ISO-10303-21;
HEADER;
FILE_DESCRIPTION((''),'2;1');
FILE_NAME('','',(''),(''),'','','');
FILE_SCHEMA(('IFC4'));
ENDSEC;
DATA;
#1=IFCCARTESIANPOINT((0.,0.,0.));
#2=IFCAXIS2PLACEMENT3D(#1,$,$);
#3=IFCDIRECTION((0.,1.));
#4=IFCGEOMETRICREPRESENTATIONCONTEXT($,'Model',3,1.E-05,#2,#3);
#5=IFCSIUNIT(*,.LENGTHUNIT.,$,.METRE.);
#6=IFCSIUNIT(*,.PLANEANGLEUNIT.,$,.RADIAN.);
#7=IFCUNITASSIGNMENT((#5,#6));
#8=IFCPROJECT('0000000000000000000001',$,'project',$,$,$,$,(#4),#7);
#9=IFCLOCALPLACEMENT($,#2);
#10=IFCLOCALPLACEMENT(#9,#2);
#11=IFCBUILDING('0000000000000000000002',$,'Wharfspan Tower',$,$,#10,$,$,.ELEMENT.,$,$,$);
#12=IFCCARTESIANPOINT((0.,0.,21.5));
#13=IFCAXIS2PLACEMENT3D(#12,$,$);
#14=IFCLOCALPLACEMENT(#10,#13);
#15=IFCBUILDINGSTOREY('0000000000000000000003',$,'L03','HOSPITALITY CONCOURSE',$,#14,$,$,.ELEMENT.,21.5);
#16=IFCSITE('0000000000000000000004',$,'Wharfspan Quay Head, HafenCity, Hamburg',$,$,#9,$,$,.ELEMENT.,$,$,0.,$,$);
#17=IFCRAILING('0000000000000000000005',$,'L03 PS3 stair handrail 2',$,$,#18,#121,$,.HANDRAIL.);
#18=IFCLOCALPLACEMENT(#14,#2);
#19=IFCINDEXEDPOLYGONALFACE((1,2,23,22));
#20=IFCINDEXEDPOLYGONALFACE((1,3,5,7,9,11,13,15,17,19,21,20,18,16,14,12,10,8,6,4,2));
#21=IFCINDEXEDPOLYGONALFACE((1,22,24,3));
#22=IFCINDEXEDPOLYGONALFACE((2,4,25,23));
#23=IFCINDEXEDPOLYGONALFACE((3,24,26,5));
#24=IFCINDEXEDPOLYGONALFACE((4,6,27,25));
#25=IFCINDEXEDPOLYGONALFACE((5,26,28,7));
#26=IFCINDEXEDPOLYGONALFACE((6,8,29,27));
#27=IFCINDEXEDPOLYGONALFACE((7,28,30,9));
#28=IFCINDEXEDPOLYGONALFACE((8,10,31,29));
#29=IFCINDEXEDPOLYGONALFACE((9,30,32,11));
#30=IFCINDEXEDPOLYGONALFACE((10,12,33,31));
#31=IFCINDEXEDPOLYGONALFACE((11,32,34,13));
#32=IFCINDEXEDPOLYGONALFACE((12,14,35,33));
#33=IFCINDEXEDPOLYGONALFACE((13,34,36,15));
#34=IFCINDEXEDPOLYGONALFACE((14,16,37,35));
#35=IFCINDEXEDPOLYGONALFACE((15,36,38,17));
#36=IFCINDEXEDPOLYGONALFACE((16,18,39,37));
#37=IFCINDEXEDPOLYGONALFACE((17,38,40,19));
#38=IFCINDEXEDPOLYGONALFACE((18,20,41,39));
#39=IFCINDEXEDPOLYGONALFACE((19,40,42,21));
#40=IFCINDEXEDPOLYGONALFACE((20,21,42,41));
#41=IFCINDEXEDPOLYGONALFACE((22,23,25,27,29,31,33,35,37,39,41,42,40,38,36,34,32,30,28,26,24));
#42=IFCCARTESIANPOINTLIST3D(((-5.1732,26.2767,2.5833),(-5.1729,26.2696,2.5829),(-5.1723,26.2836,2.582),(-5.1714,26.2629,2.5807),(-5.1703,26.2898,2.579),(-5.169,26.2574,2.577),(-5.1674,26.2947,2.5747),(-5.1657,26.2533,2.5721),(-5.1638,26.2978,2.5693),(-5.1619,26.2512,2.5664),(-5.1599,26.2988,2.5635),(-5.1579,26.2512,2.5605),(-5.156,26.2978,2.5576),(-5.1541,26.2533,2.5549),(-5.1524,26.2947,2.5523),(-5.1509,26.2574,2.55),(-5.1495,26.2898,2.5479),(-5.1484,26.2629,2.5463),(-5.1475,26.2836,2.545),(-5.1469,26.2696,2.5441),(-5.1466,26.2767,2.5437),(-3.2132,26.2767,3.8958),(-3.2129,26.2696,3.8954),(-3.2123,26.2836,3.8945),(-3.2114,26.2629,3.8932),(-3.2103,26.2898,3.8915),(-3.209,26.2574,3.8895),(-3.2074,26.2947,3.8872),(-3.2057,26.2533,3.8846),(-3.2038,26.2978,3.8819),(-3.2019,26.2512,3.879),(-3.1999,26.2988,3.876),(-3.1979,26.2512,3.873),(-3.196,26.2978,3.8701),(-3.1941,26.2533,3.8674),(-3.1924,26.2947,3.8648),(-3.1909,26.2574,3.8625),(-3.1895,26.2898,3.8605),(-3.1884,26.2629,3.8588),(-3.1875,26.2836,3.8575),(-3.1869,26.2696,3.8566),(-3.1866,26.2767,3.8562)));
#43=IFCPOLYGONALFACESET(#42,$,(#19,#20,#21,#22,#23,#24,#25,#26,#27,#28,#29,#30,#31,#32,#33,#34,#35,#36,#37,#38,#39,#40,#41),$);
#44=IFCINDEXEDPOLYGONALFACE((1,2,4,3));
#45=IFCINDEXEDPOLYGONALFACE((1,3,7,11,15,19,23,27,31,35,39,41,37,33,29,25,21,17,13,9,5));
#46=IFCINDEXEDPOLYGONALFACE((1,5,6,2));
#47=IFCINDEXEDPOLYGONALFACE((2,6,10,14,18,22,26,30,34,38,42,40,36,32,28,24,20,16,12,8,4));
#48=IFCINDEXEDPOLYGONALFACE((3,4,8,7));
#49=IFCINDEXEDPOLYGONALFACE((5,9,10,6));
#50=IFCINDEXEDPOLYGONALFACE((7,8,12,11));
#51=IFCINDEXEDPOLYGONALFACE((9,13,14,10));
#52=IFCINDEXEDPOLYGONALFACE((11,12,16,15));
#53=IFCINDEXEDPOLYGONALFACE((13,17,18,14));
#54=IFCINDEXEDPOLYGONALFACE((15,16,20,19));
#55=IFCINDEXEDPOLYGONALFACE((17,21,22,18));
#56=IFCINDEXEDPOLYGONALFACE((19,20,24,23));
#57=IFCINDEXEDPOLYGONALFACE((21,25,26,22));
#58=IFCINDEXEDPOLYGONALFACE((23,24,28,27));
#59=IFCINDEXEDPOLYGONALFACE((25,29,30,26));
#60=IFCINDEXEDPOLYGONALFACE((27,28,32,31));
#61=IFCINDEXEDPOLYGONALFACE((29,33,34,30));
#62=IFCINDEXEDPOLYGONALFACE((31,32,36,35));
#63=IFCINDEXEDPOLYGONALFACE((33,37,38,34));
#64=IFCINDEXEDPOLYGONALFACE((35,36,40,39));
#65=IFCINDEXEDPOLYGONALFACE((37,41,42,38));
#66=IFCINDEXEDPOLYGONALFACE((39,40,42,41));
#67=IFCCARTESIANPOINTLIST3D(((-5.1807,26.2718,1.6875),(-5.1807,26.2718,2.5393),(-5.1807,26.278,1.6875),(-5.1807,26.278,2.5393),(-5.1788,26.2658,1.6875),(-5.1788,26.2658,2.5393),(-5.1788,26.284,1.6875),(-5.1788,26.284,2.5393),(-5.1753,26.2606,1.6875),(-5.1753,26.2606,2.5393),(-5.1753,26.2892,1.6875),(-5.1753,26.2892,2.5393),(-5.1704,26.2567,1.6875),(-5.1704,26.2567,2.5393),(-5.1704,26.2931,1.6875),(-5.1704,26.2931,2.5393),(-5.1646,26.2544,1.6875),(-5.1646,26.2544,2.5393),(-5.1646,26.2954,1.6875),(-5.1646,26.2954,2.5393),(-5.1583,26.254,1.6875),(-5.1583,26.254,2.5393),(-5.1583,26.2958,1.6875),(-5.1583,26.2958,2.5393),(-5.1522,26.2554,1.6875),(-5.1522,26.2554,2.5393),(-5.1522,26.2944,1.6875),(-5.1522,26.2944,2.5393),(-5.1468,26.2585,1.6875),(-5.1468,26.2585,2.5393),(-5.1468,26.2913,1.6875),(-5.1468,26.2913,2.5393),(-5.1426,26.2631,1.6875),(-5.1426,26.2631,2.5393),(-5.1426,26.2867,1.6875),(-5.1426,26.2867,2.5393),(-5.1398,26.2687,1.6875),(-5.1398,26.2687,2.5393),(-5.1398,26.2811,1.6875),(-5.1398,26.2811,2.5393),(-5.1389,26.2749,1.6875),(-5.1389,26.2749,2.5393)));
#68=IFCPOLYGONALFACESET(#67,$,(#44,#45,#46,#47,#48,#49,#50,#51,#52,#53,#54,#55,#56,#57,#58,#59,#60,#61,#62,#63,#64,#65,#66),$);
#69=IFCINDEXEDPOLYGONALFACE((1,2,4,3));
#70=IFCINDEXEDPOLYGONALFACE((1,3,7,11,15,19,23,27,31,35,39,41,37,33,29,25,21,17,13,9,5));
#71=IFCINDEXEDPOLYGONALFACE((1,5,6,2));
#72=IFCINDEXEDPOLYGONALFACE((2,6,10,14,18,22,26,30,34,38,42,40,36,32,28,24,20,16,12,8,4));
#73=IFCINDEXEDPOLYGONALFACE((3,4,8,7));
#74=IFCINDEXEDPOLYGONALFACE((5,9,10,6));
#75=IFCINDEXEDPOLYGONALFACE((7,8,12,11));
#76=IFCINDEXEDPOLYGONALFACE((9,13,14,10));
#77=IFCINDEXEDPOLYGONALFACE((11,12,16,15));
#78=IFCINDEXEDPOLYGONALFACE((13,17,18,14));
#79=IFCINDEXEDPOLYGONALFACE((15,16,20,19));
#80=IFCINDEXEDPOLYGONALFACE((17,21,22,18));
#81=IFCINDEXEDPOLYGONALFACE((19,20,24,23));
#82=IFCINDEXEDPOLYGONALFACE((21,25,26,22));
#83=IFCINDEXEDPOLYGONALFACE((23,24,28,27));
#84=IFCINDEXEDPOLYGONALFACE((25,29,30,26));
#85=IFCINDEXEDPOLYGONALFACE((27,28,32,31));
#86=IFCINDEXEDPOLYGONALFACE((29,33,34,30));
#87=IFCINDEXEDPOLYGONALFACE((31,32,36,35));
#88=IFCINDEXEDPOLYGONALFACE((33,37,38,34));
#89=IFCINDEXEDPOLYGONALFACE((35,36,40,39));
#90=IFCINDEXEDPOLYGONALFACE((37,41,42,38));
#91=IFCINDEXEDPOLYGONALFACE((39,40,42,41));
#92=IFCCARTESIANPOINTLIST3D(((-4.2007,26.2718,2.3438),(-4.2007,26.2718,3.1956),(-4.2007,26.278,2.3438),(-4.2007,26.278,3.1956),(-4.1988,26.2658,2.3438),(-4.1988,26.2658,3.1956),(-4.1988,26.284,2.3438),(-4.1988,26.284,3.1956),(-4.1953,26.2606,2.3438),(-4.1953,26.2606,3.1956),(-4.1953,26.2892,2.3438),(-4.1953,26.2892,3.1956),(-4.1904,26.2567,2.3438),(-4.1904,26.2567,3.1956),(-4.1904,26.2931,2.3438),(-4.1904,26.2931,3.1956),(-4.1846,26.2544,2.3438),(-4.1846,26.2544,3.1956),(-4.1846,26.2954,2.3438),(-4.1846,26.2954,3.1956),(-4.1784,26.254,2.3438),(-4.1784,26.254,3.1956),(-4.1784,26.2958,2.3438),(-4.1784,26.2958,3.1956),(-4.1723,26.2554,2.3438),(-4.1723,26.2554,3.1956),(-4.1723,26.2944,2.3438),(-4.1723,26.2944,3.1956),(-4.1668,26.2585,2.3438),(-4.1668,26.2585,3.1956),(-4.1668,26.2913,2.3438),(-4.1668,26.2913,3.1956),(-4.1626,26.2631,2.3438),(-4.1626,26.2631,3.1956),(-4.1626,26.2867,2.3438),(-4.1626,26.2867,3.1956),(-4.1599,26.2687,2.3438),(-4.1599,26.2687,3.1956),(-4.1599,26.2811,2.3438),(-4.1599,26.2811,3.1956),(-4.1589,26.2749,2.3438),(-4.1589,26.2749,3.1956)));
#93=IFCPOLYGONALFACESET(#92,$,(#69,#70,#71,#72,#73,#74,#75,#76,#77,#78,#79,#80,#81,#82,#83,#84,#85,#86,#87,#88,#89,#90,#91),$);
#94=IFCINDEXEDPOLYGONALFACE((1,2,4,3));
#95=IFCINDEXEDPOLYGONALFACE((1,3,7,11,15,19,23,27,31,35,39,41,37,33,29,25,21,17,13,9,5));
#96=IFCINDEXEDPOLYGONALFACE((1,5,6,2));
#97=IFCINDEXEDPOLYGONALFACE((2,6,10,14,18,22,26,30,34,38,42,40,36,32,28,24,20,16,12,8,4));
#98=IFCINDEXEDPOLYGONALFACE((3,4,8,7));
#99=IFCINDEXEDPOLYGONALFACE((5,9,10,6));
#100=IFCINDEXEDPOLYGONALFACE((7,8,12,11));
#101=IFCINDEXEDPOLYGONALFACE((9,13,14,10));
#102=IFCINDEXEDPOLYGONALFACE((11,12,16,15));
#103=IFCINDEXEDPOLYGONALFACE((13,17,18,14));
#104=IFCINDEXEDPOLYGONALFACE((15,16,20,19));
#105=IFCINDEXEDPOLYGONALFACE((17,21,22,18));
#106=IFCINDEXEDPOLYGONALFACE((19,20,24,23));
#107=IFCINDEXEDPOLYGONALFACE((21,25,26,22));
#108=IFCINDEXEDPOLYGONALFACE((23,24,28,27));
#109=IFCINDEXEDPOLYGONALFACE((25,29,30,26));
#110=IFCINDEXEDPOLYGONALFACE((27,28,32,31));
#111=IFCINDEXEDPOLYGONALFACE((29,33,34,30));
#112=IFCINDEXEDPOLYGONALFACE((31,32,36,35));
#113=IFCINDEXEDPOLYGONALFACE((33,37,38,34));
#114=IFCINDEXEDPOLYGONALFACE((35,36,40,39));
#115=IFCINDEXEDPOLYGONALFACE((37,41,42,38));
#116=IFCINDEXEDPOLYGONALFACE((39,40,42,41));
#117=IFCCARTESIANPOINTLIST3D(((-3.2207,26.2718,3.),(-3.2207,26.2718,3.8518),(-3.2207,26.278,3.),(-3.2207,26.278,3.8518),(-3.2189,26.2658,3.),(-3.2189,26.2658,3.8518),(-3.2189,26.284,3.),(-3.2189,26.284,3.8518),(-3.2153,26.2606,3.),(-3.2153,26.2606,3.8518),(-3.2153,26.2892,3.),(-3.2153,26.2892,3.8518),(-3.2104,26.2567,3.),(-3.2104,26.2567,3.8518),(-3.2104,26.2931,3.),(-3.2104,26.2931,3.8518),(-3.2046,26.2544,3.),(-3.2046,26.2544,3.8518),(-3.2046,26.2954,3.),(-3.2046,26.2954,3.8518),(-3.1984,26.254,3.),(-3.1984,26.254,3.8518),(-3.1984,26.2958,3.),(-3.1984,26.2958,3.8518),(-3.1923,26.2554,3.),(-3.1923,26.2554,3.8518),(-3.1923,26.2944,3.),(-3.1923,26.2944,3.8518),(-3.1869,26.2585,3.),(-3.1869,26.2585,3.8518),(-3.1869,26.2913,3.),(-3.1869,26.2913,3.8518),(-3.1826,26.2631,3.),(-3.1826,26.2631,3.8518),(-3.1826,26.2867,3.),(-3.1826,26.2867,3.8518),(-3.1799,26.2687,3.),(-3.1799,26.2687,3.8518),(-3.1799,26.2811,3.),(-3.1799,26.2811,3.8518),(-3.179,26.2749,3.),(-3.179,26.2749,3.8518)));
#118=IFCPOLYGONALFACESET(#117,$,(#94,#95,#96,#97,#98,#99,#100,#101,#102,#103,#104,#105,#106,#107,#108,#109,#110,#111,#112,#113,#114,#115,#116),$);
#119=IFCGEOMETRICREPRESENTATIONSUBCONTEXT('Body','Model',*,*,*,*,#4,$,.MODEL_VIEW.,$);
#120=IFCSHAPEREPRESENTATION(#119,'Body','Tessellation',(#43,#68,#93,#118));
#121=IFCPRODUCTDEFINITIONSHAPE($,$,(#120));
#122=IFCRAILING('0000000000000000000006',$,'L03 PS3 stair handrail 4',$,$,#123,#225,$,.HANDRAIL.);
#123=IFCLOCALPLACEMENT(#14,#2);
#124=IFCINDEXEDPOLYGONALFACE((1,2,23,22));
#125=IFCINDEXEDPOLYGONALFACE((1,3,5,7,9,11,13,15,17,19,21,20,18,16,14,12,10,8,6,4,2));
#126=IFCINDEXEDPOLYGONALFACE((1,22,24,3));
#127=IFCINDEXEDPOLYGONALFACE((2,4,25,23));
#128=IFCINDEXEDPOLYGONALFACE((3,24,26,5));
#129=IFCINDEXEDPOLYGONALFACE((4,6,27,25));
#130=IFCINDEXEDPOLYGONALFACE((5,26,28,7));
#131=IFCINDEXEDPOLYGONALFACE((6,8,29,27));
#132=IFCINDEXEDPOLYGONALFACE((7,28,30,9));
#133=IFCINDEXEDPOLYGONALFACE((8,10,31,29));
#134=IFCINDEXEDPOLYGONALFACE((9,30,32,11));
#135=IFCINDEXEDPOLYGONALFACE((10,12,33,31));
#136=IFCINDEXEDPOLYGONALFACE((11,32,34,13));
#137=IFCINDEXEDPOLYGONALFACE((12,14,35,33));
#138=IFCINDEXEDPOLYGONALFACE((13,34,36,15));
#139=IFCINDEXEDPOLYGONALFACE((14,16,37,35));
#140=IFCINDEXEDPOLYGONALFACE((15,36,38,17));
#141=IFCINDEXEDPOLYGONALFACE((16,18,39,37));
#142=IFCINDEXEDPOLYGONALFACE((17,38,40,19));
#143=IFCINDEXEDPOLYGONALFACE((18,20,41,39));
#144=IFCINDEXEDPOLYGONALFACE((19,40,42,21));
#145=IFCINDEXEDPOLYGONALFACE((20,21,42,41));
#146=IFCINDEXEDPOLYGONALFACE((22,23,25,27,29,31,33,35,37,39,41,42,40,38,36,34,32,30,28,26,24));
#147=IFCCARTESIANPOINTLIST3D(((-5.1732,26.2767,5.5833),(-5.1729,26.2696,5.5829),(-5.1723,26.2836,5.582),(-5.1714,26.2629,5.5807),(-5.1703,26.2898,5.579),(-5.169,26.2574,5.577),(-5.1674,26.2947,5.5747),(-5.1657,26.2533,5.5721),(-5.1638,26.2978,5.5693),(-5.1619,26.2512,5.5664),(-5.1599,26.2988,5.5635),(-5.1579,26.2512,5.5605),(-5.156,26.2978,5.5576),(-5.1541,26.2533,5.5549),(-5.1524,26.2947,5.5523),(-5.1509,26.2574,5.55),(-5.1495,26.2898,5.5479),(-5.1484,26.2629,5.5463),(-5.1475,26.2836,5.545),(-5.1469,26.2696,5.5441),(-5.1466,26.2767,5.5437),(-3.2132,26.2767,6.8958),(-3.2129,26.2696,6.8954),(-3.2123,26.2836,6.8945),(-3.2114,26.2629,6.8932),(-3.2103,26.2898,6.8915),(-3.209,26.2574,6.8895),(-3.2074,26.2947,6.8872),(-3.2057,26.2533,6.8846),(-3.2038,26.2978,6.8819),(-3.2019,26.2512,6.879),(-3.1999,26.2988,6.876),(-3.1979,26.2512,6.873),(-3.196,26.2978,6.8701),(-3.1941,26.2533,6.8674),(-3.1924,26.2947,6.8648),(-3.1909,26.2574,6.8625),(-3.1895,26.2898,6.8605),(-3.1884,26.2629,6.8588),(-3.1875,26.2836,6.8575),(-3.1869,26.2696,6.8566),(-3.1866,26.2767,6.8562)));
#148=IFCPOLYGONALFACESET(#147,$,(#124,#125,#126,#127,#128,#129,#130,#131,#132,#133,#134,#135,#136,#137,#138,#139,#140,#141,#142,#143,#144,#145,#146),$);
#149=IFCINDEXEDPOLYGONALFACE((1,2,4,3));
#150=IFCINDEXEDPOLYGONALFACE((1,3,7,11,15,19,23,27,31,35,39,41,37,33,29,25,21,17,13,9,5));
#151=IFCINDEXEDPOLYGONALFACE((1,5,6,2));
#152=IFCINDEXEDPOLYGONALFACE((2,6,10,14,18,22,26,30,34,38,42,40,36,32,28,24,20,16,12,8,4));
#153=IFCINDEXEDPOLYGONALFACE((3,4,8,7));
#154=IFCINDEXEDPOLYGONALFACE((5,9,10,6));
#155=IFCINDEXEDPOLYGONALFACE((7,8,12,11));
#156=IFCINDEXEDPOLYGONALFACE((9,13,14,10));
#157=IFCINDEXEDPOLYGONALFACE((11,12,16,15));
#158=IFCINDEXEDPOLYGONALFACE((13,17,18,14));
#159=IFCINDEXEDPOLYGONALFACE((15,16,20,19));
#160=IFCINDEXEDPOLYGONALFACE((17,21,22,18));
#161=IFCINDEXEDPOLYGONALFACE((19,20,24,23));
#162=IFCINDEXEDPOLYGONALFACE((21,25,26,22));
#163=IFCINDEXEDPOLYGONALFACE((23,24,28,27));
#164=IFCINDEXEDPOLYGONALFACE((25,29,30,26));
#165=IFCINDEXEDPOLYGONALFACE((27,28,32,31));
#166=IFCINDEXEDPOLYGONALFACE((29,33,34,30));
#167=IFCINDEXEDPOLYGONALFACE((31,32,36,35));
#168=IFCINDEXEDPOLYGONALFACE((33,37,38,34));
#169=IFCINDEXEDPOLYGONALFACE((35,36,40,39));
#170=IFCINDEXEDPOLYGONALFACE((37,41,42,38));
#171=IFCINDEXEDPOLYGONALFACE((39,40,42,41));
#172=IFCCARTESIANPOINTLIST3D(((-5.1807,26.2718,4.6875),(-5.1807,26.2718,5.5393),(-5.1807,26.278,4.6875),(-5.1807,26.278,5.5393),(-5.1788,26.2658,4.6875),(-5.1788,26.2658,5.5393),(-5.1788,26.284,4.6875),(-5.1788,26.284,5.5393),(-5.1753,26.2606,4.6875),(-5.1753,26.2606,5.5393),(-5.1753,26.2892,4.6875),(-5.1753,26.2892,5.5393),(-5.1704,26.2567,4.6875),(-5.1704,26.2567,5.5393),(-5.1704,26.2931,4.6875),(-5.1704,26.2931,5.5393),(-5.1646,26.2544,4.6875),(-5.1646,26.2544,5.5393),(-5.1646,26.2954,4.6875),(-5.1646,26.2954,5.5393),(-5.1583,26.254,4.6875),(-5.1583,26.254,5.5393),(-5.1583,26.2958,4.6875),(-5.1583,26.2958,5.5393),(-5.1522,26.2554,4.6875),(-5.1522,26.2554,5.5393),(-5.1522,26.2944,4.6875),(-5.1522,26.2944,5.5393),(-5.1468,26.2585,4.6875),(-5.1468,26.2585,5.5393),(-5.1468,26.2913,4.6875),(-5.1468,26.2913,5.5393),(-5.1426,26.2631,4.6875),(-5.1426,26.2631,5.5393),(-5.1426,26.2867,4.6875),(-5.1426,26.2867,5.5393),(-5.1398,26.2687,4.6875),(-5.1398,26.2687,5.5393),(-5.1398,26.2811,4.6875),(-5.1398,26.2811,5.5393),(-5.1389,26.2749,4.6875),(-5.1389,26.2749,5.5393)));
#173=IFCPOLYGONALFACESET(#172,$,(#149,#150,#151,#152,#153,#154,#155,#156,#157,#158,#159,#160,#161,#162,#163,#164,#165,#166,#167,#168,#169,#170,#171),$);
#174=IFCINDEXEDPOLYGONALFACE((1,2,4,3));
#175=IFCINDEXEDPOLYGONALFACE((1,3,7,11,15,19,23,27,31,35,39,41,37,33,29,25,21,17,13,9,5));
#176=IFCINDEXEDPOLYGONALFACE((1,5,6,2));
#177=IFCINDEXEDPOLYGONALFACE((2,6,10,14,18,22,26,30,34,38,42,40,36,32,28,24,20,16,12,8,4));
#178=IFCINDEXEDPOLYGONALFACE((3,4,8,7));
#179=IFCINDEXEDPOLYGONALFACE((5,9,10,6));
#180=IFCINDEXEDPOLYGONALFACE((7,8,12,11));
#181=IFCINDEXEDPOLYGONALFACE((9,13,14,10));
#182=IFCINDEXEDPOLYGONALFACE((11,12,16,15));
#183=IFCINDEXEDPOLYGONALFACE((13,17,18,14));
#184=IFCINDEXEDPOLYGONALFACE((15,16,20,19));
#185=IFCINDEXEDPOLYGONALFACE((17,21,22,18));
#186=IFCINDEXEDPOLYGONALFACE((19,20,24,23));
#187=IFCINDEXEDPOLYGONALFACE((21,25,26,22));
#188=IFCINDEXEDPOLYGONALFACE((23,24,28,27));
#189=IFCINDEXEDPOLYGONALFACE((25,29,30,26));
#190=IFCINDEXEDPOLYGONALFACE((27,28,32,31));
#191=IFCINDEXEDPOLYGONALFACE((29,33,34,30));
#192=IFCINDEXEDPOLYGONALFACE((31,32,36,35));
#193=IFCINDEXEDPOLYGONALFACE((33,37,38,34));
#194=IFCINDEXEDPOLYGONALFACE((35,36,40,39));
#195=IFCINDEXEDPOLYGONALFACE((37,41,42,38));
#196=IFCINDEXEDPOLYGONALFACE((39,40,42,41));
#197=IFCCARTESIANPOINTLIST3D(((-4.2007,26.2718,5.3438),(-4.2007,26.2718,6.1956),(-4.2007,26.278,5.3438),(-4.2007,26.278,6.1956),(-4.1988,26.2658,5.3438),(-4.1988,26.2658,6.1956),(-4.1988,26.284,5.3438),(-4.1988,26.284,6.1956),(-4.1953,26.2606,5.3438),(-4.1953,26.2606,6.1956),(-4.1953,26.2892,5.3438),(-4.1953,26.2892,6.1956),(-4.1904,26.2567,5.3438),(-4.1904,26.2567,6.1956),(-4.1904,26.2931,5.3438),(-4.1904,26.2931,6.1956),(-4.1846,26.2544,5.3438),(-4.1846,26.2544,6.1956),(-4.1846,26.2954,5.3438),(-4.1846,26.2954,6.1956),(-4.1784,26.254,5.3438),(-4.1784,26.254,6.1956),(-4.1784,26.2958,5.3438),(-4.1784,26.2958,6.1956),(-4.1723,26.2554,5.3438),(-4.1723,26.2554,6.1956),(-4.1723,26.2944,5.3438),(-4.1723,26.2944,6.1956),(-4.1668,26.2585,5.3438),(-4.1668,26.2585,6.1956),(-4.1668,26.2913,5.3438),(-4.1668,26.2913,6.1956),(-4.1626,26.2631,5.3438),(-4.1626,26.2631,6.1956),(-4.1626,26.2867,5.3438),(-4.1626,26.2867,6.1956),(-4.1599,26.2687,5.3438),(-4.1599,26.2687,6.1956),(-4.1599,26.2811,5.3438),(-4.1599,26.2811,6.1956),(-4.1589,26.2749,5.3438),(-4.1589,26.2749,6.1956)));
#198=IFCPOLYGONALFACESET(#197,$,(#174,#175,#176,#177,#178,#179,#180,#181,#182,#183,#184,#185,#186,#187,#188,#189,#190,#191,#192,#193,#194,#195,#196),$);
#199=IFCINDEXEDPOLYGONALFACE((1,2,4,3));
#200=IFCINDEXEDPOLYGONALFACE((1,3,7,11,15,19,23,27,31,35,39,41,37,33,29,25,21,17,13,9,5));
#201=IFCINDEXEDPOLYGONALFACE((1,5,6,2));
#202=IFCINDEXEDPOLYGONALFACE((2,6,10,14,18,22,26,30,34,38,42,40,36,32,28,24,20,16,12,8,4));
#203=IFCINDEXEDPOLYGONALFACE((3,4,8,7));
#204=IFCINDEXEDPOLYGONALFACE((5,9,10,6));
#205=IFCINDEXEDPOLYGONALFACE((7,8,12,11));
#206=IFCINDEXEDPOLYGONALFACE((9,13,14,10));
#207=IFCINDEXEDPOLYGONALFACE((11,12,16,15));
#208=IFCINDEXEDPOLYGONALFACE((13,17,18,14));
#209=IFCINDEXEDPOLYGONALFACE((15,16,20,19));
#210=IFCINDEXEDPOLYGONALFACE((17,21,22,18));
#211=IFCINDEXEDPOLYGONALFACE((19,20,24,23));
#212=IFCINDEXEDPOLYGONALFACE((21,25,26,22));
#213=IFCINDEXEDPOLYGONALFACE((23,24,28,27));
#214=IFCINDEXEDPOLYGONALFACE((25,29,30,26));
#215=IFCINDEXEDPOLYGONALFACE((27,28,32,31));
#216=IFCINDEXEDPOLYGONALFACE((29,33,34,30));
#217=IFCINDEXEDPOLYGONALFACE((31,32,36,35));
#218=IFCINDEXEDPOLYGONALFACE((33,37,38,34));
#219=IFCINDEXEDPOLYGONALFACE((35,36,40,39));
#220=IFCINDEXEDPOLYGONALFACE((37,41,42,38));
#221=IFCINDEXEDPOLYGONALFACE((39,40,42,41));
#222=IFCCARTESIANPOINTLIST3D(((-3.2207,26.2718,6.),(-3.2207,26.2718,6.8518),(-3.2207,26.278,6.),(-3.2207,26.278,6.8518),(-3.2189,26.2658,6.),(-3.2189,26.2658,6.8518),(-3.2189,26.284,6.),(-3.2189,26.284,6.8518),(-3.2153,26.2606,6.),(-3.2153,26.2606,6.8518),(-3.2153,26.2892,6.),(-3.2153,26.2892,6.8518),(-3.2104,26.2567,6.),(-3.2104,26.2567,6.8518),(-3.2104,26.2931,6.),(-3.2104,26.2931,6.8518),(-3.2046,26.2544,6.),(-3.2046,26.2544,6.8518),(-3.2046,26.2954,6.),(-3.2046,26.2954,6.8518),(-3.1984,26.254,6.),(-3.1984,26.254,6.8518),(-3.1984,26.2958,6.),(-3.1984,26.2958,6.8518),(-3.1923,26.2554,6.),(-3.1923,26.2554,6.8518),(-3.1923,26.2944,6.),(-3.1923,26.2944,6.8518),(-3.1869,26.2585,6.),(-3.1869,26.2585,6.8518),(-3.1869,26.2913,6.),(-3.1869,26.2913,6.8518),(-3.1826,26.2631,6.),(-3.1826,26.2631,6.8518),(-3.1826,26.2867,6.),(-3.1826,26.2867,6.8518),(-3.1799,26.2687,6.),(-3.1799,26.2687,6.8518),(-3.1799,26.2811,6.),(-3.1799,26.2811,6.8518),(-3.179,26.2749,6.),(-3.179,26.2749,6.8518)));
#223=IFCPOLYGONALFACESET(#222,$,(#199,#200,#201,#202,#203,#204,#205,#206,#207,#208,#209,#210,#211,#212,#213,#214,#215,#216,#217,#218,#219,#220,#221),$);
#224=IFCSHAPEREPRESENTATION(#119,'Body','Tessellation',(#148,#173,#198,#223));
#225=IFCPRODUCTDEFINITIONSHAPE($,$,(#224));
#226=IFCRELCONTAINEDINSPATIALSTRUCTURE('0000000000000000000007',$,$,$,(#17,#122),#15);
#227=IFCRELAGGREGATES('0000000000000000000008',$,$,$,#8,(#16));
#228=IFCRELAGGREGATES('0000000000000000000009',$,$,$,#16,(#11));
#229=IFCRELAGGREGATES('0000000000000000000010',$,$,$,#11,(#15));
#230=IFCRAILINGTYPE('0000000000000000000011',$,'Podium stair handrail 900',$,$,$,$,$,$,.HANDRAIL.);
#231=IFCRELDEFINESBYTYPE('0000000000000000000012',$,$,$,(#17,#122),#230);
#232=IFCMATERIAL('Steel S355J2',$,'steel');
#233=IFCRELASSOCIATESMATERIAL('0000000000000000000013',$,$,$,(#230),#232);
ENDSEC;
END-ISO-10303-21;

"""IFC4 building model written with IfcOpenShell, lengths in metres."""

from ifc_helpers import new_model, si_unit, direction, frame, origin, origin_2d, place, context, subcontext, project, spatial, circle, extrude, material, type_object, element, save


model = new_model("IFC4")

# Units and contexts
model_context = context("Model", 3, precision=1e-05, world=origin(), true_north=direction((0.0, 1.0)))
body_context = subcontext(model_context, "Body", "Model", "MODEL_VIEW")
ifc_project = project(units=[si_unit("LENGTHUNIT", "METRE"), si_unit("PLANEANGLEUNIT", "RADIAN")], contexts=[model_context])

# Site, building, storey
site_placement = place(None, origin())
site = spatial("IfcSite", under=ifc_project, at=site_placement, Name="Wharfspan Quay Head, HafenCity, Hamburg", CompositionType="ELEMENT", RefElevation=0.0)
building_placement = place(site_placement, origin())
building = spatial("IfcBuilding", under=site, at=building_placement, Name="Wharfspan Tower", CompositionType="ELEMENT")
storey_placement = place(building_placement, frame((0.0, 0.0, 21.5)))
storey = spatial("IfcBuildingStorey", under=building, at=storey_placement, Name="L03", Description="HOSPITALITY CONCOURSE", CompositionType="ELEMENT", Elevation=21.5)

# Railings
ifc_material_1 = material(Name="Steel S355J2", Category="steel")
railing_type_1 = type_object("IfcRailingType", Name="Podium stair handrail 900", PredefinedType="HANDRAIL", material=ifc_material_1)
for number, where, name in (
    (1, (-5.1599, 26.2749, 1.6875), "L03 PS3 stair handrail 2"),
    (2, (-5.1599, 26.2749, 4.6875), "L03 PS3 stair handrail 4"),
):
    element("IfcRailing", number, at=place(storey_placement, frame(where)), inside=storey, type_object=railing_type_1, Name=name, PredefinedType="HANDRAIL", context=body_context, shape_type="SweptSolid", body=[
        extrude(circle(Radius=0.0239, at=origin_2d()), frame((0.0, 0.0, 0.876), z_axis=(0.830902, 0.0, 0.556419), x_axis=(0.0, 1.0, 0.0)), (0.0, 0.0, 1.0), 2.3589),
        extrude(circle(Radius=0.021, at=origin_2d()), origin(), (0.0, 0.0, 1.0), 0.8518),
        extrude(circle(Radius=0.021, at=origin_2d()), frame((0.98, 0.0, 0.6562)), (0.0, 0.0, 1.0), 0.8518),
        extrude(circle(Radius=0.021, at=origin_2d()), frame((1.96, 0.0, 1.3125)), (0.0, 0.0, 1.0), 0.8518),
    ])

save(model, "model.ifc")
